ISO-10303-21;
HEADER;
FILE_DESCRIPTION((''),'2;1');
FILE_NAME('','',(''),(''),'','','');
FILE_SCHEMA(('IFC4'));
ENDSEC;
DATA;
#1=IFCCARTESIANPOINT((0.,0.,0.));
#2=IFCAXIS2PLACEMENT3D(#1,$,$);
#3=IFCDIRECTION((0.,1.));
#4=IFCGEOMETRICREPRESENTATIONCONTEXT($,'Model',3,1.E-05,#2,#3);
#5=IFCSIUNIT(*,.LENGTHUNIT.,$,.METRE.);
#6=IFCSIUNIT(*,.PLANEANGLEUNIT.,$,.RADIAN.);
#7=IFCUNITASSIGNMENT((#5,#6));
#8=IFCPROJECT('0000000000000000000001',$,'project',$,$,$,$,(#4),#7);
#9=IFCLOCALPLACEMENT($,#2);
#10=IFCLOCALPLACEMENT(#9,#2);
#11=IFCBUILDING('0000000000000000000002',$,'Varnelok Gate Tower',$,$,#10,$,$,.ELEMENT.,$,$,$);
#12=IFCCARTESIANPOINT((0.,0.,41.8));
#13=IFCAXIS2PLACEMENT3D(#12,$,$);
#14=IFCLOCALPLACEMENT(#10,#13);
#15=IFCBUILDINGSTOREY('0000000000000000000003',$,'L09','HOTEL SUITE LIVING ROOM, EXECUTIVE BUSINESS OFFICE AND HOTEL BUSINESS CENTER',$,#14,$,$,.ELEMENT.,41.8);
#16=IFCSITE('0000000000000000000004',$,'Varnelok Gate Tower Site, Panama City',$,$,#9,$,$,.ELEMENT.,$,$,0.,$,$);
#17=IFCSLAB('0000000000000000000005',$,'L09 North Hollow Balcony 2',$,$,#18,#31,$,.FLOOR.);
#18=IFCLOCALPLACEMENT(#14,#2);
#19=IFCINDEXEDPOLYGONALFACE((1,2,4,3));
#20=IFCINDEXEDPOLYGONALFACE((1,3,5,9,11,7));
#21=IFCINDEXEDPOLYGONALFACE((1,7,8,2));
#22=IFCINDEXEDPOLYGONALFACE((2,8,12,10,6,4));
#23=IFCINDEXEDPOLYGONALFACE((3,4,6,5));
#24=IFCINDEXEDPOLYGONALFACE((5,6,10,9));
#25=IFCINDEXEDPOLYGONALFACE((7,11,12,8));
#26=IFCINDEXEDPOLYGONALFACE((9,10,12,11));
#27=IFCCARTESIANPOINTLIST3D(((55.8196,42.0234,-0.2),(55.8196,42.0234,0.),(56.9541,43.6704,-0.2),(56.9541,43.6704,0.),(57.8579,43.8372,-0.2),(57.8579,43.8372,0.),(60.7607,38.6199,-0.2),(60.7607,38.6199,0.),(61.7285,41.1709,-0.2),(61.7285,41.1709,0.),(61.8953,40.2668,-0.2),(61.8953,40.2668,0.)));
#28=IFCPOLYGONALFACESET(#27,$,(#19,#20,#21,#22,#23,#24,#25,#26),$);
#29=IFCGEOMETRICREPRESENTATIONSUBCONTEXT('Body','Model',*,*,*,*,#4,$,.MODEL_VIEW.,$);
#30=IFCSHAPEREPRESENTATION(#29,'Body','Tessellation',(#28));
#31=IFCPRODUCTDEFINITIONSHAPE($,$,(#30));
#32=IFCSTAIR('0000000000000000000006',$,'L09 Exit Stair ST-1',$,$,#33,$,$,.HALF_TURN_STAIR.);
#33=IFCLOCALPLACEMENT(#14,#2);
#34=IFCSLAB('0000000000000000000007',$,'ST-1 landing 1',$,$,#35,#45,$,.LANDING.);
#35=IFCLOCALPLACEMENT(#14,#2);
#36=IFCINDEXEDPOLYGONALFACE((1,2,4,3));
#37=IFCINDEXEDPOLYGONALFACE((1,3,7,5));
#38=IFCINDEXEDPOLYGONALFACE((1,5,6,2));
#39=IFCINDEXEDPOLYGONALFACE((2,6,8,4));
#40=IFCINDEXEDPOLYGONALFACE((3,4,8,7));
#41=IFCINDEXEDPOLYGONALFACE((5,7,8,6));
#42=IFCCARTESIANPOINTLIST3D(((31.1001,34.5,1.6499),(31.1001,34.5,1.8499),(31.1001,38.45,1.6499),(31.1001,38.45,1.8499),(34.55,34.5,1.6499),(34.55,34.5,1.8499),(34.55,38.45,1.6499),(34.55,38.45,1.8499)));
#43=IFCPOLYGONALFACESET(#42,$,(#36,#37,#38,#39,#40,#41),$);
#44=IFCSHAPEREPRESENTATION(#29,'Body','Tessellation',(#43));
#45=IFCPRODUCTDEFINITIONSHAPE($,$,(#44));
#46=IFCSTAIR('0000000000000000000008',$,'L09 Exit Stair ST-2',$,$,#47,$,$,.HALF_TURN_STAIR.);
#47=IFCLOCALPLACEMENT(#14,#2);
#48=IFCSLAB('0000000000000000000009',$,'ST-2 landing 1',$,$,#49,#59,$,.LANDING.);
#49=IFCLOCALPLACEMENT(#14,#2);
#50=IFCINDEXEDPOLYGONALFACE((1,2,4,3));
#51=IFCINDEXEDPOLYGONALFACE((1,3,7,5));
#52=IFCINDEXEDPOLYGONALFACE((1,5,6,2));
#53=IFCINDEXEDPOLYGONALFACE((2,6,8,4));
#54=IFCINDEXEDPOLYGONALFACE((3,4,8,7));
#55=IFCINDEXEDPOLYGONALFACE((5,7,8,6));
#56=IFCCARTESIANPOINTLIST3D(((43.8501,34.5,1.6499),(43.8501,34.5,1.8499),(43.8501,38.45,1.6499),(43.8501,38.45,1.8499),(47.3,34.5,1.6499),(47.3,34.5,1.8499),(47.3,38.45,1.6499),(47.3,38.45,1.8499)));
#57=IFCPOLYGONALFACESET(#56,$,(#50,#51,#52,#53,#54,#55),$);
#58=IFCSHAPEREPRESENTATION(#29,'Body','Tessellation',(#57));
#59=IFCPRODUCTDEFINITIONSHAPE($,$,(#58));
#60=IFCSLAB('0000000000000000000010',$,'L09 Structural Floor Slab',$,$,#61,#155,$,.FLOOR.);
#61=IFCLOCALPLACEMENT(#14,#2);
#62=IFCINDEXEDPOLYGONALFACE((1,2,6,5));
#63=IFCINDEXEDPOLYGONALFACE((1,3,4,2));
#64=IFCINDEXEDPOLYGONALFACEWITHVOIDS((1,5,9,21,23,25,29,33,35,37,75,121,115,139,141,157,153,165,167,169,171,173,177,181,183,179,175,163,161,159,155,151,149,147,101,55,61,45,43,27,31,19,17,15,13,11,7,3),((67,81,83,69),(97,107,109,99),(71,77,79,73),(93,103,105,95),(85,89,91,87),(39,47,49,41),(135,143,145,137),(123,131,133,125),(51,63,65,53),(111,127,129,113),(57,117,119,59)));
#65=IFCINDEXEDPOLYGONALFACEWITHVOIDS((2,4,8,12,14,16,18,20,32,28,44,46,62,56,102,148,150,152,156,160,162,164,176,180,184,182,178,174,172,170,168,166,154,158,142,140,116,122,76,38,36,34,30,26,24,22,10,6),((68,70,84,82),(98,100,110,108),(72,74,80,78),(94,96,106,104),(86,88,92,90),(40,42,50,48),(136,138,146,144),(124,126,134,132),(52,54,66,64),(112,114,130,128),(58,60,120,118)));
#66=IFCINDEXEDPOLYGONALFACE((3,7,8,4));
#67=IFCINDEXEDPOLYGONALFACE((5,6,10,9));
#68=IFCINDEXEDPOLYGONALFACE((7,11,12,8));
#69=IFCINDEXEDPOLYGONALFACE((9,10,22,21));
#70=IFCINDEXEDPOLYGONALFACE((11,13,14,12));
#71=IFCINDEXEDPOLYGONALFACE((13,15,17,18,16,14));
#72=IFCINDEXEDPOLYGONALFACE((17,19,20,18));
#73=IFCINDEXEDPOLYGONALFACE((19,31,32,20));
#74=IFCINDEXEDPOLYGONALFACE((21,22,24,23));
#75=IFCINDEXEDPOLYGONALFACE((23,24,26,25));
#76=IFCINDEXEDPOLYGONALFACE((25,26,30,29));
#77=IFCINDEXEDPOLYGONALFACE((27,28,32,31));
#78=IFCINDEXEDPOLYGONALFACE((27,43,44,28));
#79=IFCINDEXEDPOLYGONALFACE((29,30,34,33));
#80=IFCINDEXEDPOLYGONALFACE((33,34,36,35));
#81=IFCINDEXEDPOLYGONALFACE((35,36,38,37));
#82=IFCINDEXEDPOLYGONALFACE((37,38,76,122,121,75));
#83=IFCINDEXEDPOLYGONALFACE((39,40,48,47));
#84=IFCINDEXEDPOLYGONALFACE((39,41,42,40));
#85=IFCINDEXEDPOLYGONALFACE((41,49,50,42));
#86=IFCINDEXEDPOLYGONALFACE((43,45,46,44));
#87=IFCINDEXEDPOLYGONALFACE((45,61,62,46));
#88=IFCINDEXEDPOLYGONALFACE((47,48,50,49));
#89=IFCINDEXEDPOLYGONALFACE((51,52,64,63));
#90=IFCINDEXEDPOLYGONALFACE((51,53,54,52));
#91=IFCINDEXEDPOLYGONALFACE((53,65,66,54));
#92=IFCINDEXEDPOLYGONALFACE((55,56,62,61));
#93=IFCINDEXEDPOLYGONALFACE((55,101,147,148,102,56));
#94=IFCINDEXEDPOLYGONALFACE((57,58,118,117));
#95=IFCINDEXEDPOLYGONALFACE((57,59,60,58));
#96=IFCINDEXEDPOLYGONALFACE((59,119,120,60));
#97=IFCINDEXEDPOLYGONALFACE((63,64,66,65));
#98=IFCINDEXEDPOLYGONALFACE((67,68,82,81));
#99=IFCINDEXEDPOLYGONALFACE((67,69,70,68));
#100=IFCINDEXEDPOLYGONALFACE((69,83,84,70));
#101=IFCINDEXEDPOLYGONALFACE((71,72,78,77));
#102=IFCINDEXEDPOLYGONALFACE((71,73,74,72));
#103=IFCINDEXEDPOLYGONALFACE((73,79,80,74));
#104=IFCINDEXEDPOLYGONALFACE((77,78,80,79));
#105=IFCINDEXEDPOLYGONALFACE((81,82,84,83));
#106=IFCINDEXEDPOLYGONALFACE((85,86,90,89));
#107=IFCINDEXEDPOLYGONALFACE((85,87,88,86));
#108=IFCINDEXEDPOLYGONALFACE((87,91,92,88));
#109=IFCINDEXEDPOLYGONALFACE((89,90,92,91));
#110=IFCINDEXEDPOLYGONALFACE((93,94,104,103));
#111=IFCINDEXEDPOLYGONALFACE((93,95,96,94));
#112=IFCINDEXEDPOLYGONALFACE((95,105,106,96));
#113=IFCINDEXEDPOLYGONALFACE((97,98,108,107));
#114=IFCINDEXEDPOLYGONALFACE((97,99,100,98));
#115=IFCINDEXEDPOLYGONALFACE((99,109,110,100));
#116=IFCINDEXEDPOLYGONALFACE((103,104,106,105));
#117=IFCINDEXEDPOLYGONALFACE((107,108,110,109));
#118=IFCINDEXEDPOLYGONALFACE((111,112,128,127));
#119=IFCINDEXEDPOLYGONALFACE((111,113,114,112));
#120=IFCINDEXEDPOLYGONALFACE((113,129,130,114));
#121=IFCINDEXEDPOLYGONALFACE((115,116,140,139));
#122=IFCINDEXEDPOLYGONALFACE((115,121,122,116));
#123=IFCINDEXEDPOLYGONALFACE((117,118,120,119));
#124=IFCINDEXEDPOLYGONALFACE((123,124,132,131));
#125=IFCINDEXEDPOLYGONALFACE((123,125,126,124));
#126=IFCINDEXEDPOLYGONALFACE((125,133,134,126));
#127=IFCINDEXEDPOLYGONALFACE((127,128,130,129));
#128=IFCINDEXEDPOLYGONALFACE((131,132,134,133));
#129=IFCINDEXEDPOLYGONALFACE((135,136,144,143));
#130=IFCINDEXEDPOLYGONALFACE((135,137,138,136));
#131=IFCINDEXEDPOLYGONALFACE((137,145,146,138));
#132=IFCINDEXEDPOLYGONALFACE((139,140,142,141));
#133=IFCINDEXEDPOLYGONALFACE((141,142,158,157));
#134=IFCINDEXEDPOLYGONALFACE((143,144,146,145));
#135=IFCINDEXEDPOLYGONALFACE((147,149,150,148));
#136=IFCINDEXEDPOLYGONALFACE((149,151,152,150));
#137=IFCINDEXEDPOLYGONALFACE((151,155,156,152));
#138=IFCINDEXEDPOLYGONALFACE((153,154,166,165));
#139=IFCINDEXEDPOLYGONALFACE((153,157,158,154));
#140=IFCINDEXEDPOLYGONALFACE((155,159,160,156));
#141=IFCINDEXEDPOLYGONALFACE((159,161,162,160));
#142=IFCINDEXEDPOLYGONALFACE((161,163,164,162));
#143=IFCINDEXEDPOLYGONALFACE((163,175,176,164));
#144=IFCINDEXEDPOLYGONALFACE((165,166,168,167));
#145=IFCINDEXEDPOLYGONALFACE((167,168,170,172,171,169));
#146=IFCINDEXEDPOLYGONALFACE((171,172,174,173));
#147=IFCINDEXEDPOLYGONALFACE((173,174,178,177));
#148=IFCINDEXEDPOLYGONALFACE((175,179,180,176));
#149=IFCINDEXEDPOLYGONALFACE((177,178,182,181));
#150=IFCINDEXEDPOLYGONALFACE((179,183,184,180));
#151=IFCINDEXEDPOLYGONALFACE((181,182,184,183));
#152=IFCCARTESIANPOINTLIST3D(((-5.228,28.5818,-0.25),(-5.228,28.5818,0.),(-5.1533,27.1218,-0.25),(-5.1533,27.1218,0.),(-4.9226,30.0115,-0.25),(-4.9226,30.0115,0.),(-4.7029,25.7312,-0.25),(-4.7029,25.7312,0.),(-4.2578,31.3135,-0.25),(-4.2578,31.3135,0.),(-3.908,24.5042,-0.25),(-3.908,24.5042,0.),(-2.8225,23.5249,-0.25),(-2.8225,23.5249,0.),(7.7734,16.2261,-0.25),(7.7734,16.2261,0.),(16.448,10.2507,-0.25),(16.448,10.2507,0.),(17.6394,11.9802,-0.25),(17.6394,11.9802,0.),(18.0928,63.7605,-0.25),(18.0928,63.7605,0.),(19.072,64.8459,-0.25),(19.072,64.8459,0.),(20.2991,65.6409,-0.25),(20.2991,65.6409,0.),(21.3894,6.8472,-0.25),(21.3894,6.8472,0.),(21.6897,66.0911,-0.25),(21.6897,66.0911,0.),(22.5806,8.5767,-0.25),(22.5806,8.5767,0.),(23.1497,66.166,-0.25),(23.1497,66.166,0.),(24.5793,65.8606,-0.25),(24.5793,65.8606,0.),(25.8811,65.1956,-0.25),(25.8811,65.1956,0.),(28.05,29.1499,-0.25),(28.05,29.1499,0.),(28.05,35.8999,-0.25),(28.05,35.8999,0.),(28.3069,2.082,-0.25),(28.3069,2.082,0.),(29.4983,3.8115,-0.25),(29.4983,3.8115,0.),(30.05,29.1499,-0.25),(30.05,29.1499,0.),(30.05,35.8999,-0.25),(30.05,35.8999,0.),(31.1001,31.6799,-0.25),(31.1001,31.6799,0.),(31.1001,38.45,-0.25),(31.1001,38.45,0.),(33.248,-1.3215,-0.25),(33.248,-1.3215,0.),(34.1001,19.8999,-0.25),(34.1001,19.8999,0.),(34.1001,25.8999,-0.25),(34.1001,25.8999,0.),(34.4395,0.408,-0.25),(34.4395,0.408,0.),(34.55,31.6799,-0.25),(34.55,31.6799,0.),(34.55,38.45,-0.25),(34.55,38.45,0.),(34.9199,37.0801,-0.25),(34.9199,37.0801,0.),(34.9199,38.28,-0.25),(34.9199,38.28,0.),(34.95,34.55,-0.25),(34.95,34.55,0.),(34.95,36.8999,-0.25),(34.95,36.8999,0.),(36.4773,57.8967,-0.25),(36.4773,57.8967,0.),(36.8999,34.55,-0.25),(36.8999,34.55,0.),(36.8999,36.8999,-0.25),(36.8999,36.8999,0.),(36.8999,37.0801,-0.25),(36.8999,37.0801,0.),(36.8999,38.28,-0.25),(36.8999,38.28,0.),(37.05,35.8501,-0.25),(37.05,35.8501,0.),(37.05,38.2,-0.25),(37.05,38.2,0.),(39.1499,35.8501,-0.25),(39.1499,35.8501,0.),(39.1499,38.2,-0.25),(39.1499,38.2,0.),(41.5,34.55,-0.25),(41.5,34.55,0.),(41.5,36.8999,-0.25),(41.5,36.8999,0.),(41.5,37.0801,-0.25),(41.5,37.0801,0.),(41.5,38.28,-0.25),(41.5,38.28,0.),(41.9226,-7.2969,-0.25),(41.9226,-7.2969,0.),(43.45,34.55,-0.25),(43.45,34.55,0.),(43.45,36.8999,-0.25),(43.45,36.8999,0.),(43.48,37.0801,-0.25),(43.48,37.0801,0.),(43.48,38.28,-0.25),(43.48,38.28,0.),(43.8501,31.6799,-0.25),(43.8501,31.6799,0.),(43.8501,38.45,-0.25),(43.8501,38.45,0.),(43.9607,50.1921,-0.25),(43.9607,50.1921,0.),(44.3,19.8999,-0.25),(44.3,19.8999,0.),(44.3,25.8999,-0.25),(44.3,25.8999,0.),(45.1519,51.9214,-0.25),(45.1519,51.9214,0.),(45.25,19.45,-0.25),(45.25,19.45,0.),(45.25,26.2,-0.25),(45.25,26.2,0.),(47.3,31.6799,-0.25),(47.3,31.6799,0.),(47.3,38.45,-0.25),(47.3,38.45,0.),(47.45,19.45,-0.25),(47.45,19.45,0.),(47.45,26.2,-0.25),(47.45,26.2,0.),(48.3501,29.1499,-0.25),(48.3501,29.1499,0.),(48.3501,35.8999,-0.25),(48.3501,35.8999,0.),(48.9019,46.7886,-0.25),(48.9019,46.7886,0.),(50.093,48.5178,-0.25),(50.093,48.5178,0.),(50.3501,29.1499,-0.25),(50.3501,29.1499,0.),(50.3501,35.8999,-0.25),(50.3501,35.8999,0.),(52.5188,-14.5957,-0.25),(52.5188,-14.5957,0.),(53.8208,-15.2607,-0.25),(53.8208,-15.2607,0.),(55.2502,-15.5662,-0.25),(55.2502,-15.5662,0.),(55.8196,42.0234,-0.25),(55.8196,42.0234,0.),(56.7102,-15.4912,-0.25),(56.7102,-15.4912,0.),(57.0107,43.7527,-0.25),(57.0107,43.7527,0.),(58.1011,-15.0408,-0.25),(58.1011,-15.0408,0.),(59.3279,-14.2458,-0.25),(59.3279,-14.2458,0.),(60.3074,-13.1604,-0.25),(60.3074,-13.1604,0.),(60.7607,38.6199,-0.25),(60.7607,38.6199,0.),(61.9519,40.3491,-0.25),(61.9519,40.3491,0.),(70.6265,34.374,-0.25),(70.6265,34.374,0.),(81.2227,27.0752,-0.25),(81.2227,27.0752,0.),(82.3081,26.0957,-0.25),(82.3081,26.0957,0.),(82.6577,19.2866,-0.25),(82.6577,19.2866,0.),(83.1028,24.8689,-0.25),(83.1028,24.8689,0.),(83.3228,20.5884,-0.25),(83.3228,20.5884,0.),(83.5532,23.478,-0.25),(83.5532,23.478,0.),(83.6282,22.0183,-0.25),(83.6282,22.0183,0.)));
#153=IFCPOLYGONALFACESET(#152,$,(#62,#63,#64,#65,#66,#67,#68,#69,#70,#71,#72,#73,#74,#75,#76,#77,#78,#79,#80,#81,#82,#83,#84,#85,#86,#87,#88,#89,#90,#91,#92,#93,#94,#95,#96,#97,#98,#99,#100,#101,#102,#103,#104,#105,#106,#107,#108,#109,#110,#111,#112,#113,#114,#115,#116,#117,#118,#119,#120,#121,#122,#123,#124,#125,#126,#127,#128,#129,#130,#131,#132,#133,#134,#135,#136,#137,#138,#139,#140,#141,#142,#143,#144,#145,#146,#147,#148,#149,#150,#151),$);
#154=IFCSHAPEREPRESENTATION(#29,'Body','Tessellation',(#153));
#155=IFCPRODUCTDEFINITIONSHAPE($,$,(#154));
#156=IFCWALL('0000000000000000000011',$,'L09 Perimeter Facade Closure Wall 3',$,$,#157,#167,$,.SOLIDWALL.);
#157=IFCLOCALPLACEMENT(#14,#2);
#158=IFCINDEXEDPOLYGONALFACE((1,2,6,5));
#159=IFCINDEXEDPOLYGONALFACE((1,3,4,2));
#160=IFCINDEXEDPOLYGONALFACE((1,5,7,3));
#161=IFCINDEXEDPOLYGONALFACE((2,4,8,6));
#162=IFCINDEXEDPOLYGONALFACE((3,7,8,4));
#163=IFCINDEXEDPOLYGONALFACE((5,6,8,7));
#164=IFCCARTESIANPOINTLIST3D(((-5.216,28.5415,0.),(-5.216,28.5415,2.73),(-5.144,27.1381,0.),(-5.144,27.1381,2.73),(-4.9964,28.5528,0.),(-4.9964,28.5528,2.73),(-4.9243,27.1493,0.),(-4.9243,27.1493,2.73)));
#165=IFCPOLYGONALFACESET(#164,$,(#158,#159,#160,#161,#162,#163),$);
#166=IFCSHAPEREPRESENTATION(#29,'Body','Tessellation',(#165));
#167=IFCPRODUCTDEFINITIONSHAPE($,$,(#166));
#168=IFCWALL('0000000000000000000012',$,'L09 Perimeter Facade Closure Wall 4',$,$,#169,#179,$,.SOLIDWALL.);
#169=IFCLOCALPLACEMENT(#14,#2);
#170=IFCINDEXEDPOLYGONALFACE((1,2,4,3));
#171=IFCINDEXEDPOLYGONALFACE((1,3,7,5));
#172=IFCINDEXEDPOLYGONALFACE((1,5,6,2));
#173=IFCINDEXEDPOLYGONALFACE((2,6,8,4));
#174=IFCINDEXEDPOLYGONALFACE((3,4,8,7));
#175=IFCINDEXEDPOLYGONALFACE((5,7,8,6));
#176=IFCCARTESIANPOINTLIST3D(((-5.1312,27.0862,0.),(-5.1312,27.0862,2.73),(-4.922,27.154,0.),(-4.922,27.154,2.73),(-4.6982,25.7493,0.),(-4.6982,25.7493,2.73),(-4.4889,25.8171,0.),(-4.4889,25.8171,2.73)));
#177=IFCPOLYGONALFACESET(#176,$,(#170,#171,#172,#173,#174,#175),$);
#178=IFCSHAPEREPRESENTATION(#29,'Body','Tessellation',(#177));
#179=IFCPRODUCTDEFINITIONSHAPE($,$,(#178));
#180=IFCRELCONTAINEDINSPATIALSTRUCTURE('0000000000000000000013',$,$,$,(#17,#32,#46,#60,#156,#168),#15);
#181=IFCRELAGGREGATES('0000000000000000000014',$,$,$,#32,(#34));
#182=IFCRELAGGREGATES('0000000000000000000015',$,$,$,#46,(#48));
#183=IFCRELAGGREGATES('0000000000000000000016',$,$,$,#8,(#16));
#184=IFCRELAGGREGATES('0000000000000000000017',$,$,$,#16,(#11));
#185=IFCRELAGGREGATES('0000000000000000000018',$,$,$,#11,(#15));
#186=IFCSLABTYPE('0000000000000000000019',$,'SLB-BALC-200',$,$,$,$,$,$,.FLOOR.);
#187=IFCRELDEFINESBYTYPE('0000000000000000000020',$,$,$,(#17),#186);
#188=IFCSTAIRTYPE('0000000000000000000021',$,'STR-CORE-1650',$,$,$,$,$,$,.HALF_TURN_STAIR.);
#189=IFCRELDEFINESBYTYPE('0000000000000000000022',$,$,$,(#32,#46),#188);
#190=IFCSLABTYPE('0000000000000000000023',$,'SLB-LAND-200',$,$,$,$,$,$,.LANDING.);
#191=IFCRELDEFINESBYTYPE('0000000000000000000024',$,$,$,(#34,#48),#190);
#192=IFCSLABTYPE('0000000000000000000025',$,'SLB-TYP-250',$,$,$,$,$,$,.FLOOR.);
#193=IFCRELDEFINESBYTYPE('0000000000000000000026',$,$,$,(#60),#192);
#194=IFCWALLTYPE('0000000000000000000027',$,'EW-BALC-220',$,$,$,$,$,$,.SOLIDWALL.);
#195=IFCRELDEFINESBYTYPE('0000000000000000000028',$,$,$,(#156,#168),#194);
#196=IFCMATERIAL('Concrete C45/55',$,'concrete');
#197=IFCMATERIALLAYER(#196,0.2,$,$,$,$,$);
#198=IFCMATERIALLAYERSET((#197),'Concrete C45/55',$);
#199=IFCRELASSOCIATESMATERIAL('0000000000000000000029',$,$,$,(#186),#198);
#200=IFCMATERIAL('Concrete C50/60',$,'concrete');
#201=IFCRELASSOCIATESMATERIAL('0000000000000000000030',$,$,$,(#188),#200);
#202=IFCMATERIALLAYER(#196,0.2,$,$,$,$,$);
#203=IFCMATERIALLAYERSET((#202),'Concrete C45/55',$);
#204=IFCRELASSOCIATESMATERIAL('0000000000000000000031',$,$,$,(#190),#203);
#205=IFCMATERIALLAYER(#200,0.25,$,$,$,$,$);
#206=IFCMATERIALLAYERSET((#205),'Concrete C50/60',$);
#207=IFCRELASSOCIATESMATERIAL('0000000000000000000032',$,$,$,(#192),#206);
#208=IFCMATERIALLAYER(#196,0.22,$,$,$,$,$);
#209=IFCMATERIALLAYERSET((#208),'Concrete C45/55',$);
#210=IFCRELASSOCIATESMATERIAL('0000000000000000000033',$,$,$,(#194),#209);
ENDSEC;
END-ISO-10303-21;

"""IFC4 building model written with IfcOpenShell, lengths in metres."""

from ifc_helpers import new_model, si_unit, direction, frame, frame_2d, origin, place, context, subcontext, project, spatial, polyline, rectangle, outline, extrude, material, layer, layer_set, type_object, element, aggregate, save


model = new_model("IFC4")

# Units and contexts
model_context = context("Model", 3, precision=1e-05, world=origin(), true_north=direction((0.0, 1.0)))
body_context = subcontext(model_context, "Body", "Model", "MODEL_VIEW")
ifc_project = project(units=[si_unit("LENGTHUNIT", "METRE"), si_unit("PLANEANGLEUNIT", "RADIAN")], contexts=[model_context])

# Site, building, storey
site_placement = place(None, origin())
site = spatial("IfcSite", under=ifc_project, at=site_placement, Name="Varnelok Gate Tower Site, Panama City", CompositionType="ELEMENT", RefElevation=0.0)
building_placement = place(site_placement, origin())
building = spatial("IfcBuilding", under=site, at=building_placement, Name="Varnelok Gate Tower", CompositionType="ELEMENT")
storey_placement = place(building_placement, frame((0.0, 0.0, 41.8)))
storey = spatial("IfcBuildingStorey", under=building, at=storey_placement, Name="L09", Description="HOTEL SUITE LIVING ROOM, EXECUTIVE BUSINESS OFFICE AND HOTEL BUSINESS CENTER", CompositionType="ELEMENT", Elevation=41.8)

# Slab
ifc_material_1 = material(Name="Concrete C45/55", Category="concrete")
ifc_layer_1 = layer(ifc_material_1, 0.2)
ifc_layer_set_1 = layer_set([ifc_layer_1], Name="Concrete C45/55")
slab_type_1 = type_object("IfcSlabType", Name="SLB-BALC-200", PredefinedType="FLOOR", material=ifc_layer_set_1)
slab_1_placement = place(storey_placement, frame((0.0, 0.0, -0.2)))
element("IfcSlab", 1, at=slab_1_placement, inside=storey, type_object=slab_type_1, Name="L09 North Hollow Balcony 2", PredefinedType="FLOOR", context=body_context, shape_type="SweptSolid", body=[
    extrude(outline(polyline([(55.8196, 42.0234), (60.7607, 38.6199), (61.8953, 40.2668), (61.7285, 41.1709), (57.8579, 43.8372), (56.9541, 43.6704), (55.8196, 42.0234)])), origin(), (0.0, 0.0, 1.0), 0.2),
])

# Stairs, slabs
ifc_material_2 = material(Name="Concrete C50/60", Category="concrete")
stair_type = type_object("IfcStairType", Name="STR-CORE-1650", PredefinedType="HALF_TURN_STAIR", material=ifc_material_2)
stair_1_placement = place(storey_placement, origin())
stair_1 = element("IfcStair", 2, at=stair_1_placement, inside=storey, type_object=stair_type, Name="L09 Exit Stair ST-1", PredefinedType="HALF_TURN_STAIR")
ifc_layer_2 = layer(ifc_material_1, 0.2)
ifc_layer_set_2 = layer_set([ifc_layer_2], Name="Concrete C45/55")
slab_type_2 = type_object("IfcSlabType", Name="SLB-LAND-200", PredefinedType="LANDING", material=ifc_layer_set_2)
slab_2_placement = place(storey_placement, frame((0.0, 0.0, 1.6499)))
slab_2 = element("IfcSlab", 3, at=slab_2_placement, type_object=slab_type_2, Name="ST-1 landing 1", PredefinedType="LANDING", context=body_context, shape_type="SweptSolid", body=[
    extrude(outline(polyline([(34.55, 34.5), (34.55, 38.45), (31.1001, 38.45), (31.1001, 34.5), (34.55, 34.5)])), origin(), (0.0, 0.0, 1.0), 0.2),
])
aggregate(stair_1, [slab_2])
stair_2_placement = place(storey_placement, origin())
stair_2 = element("IfcStair", 4, at=stair_2_placement, inside=storey, type_object=stair_type, Name="L09 Exit Stair ST-2", PredefinedType="HALF_TURN_STAIR")
slab_3_placement = place(storey_placement, frame((0.0, 0.0, 1.6499)))
slab_3 = element("IfcSlab", 5, at=slab_3_placement, type_object=slab_type_2, Name="ST-2 landing 1", PredefinedType="LANDING", context=body_context, shape_type="SweptSolid", body=[
    extrude(outline(polyline([(47.3, 34.5), (47.3, 38.45), (43.8501, 38.45), (43.8501, 34.5), (47.3, 34.5)])), origin(), (0.0, 0.0, 1.0), 0.2),
])
aggregate(stair_2, [slab_3])

# Slab
ifc_layer_3 = layer(ifc_material_2, 0.25)
ifc_layer_set_3 = layer_set([ifc_layer_3], Name="Concrete C50/60")
slab_type_3 = type_object("IfcSlabType", Name="SLB-TYP-250", PredefinedType="FLOOR", material=ifc_layer_set_3)
slab_4_placement = place(storey_placement, frame((0.0, 0.0, -0.25)))
element("IfcSlab", 6, at=slab_4_placement, inside=storey, type_object=slab_type_3, Name="L09 Structural Floor Slab", PredefinedType="FLOOR", context=body_context, shape_type="SweptSolid", body=[
    extrude(outline(polyline([(-4.2578, 31.3135), (-4.9226, 30.0115), (-5.228, 28.5818), (-5.1533, 27.1218), (-4.7029, 25.7312), (-3.908, 24.5042), (-2.8225, 23.5249), (7.7734, 16.2261), (16.448, 10.2507), (17.6394, 11.9802), (22.5806, 8.5767), (21.3894, 6.8472), (28.3069, 2.082), (29.4983, 3.8115), (34.4395, 0.408), (33.248, -1.3215), (41.9226, -7.2969), (52.5188, -14.5957), (53.8208, -15.2607), (55.2502, -15.5662), (56.7102, -15.4912), (58.1011, -15.0408), (59.3279, -14.2458), (60.3074, -13.1604), (82.6577, 19.2866), (83.3228, 20.5884), (83.6282, 22.0183), (83.5532, 23.478), (83.1028, 24.8689), (82.3081, 26.0957), (81.2227, 27.0752), (70.6265, 34.374), (61.9519, 40.3491), (60.7607, 38.6199), (55.8196, 42.0234), (57.0107, 43.7527), (50.093, 48.5178), (48.9019, 46.7886), (43.9607, 50.1921), (45.1519, 51.9214), (36.4773, 57.8967), (25.8811, 65.1956), (24.5793, 65.8606), (23.1497, 66.166), (21.6897, 66.0911), (20.2991, 65.6409), (19.072, 64.8459), (18.0928, 63.7605), (-4.2578, 31.3135)]), holes=[polyline([(34.55, 31.6799), (34.55, 38.45), (31.1001, 38.45), (31.1001, 31.6799), (34.55, 31.6799)]), polyline([(47.3, 31.6799), (47.3, 38.45), (43.8501, 38.45), (43.8501, 31.6799), (47.3, 31.6799)]), polyline([(34.95, 34.55), (36.8999, 34.55), (36.8999, 36.8999), (34.95, 36.8999), (34.95, 34.55)]), polyline([(41.5, 34.55), (43.45, 34.55), (43.45, 36.8999), (41.5, 36.8999), (41.5, 34.55)]), polyline([(37.05, 35.8501), (39.1499, 35.8501), (39.1499, 38.2), (37.05, 38.2), (37.05, 35.8501)]), polyline([(28.05, 29.1499), (30.05, 29.1499), (30.05, 35.8999), (28.05, 35.8999), (28.05, 29.1499)]), polyline([(48.3501, 29.1499), (50.3501, 29.1499), (50.3501, 35.8999), (48.3501, 35.8999), (48.3501, 29.1499)]), polyline([(45.25, 19.45), (47.45, 19.45), (47.45, 26.2), (45.25, 26.2), (45.25, 19.45)]), polyline([(34.9199, 37.0801), (36.8999, 37.0801), (36.8999, 38.28), (34.9199, 38.28), (34.9199, 37.0801)]), polyline([(41.5, 37.0801), (43.48, 37.0801), (43.48, 38.28), (41.5, 38.28), (41.5, 37.0801)]), polyline([(34.1001, 19.8999), (44.3, 19.8999), (44.3, 25.8999), (34.1001, 25.8999), (34.1001, 19.8999)])]), origin(), (0.0, 0.0, 1.0), 0.25),
])

# Walls
ifc_layer_4 = layer(ifc_material_1, 0.22)
ifc_layer_set_4 = layer_set([ifc_layer_4], Name="Concrete C45/55")
wall_type_1 = type_object("IfcWallType", Name="EW-BALC-220", PredefinedType="SOLIDWALL", material=ifc_layer_set_4)
for number, where, z_axis, x_axis, name in (
    (7, (-5.1062, 28.5471, 0.0), (0.0, 0.0, 1.0), (0.051255, -0.998686, 0.0), "L09 Perimeter Facade Closure Wall 3"),
    (8, (-5.0266, 27.1201, 0.0), (0.0, 0.0, 1.0), (0.30819, -0.951325, 0.0), "L09 Perimeter Facade Closure Wall 4"),
):
    element("IfcWall", number, at=place(storey_placement, frame(where, z_axis=z_axis, x_axis=x_axis)), inside=storey, type_object=wall_type_1, Name=name, PredefinedType="SOLIDWALL", context=body_context, shape_type="SweptSolid", body=[
        extrude(rectangle(XDim=1.4053, YDim=0.22, at=frame_2d((0.7026, 0.0))), origin(), (0.0, 0.0, 1.0), 2.73),
    ])

save(model, "model.ifc")
